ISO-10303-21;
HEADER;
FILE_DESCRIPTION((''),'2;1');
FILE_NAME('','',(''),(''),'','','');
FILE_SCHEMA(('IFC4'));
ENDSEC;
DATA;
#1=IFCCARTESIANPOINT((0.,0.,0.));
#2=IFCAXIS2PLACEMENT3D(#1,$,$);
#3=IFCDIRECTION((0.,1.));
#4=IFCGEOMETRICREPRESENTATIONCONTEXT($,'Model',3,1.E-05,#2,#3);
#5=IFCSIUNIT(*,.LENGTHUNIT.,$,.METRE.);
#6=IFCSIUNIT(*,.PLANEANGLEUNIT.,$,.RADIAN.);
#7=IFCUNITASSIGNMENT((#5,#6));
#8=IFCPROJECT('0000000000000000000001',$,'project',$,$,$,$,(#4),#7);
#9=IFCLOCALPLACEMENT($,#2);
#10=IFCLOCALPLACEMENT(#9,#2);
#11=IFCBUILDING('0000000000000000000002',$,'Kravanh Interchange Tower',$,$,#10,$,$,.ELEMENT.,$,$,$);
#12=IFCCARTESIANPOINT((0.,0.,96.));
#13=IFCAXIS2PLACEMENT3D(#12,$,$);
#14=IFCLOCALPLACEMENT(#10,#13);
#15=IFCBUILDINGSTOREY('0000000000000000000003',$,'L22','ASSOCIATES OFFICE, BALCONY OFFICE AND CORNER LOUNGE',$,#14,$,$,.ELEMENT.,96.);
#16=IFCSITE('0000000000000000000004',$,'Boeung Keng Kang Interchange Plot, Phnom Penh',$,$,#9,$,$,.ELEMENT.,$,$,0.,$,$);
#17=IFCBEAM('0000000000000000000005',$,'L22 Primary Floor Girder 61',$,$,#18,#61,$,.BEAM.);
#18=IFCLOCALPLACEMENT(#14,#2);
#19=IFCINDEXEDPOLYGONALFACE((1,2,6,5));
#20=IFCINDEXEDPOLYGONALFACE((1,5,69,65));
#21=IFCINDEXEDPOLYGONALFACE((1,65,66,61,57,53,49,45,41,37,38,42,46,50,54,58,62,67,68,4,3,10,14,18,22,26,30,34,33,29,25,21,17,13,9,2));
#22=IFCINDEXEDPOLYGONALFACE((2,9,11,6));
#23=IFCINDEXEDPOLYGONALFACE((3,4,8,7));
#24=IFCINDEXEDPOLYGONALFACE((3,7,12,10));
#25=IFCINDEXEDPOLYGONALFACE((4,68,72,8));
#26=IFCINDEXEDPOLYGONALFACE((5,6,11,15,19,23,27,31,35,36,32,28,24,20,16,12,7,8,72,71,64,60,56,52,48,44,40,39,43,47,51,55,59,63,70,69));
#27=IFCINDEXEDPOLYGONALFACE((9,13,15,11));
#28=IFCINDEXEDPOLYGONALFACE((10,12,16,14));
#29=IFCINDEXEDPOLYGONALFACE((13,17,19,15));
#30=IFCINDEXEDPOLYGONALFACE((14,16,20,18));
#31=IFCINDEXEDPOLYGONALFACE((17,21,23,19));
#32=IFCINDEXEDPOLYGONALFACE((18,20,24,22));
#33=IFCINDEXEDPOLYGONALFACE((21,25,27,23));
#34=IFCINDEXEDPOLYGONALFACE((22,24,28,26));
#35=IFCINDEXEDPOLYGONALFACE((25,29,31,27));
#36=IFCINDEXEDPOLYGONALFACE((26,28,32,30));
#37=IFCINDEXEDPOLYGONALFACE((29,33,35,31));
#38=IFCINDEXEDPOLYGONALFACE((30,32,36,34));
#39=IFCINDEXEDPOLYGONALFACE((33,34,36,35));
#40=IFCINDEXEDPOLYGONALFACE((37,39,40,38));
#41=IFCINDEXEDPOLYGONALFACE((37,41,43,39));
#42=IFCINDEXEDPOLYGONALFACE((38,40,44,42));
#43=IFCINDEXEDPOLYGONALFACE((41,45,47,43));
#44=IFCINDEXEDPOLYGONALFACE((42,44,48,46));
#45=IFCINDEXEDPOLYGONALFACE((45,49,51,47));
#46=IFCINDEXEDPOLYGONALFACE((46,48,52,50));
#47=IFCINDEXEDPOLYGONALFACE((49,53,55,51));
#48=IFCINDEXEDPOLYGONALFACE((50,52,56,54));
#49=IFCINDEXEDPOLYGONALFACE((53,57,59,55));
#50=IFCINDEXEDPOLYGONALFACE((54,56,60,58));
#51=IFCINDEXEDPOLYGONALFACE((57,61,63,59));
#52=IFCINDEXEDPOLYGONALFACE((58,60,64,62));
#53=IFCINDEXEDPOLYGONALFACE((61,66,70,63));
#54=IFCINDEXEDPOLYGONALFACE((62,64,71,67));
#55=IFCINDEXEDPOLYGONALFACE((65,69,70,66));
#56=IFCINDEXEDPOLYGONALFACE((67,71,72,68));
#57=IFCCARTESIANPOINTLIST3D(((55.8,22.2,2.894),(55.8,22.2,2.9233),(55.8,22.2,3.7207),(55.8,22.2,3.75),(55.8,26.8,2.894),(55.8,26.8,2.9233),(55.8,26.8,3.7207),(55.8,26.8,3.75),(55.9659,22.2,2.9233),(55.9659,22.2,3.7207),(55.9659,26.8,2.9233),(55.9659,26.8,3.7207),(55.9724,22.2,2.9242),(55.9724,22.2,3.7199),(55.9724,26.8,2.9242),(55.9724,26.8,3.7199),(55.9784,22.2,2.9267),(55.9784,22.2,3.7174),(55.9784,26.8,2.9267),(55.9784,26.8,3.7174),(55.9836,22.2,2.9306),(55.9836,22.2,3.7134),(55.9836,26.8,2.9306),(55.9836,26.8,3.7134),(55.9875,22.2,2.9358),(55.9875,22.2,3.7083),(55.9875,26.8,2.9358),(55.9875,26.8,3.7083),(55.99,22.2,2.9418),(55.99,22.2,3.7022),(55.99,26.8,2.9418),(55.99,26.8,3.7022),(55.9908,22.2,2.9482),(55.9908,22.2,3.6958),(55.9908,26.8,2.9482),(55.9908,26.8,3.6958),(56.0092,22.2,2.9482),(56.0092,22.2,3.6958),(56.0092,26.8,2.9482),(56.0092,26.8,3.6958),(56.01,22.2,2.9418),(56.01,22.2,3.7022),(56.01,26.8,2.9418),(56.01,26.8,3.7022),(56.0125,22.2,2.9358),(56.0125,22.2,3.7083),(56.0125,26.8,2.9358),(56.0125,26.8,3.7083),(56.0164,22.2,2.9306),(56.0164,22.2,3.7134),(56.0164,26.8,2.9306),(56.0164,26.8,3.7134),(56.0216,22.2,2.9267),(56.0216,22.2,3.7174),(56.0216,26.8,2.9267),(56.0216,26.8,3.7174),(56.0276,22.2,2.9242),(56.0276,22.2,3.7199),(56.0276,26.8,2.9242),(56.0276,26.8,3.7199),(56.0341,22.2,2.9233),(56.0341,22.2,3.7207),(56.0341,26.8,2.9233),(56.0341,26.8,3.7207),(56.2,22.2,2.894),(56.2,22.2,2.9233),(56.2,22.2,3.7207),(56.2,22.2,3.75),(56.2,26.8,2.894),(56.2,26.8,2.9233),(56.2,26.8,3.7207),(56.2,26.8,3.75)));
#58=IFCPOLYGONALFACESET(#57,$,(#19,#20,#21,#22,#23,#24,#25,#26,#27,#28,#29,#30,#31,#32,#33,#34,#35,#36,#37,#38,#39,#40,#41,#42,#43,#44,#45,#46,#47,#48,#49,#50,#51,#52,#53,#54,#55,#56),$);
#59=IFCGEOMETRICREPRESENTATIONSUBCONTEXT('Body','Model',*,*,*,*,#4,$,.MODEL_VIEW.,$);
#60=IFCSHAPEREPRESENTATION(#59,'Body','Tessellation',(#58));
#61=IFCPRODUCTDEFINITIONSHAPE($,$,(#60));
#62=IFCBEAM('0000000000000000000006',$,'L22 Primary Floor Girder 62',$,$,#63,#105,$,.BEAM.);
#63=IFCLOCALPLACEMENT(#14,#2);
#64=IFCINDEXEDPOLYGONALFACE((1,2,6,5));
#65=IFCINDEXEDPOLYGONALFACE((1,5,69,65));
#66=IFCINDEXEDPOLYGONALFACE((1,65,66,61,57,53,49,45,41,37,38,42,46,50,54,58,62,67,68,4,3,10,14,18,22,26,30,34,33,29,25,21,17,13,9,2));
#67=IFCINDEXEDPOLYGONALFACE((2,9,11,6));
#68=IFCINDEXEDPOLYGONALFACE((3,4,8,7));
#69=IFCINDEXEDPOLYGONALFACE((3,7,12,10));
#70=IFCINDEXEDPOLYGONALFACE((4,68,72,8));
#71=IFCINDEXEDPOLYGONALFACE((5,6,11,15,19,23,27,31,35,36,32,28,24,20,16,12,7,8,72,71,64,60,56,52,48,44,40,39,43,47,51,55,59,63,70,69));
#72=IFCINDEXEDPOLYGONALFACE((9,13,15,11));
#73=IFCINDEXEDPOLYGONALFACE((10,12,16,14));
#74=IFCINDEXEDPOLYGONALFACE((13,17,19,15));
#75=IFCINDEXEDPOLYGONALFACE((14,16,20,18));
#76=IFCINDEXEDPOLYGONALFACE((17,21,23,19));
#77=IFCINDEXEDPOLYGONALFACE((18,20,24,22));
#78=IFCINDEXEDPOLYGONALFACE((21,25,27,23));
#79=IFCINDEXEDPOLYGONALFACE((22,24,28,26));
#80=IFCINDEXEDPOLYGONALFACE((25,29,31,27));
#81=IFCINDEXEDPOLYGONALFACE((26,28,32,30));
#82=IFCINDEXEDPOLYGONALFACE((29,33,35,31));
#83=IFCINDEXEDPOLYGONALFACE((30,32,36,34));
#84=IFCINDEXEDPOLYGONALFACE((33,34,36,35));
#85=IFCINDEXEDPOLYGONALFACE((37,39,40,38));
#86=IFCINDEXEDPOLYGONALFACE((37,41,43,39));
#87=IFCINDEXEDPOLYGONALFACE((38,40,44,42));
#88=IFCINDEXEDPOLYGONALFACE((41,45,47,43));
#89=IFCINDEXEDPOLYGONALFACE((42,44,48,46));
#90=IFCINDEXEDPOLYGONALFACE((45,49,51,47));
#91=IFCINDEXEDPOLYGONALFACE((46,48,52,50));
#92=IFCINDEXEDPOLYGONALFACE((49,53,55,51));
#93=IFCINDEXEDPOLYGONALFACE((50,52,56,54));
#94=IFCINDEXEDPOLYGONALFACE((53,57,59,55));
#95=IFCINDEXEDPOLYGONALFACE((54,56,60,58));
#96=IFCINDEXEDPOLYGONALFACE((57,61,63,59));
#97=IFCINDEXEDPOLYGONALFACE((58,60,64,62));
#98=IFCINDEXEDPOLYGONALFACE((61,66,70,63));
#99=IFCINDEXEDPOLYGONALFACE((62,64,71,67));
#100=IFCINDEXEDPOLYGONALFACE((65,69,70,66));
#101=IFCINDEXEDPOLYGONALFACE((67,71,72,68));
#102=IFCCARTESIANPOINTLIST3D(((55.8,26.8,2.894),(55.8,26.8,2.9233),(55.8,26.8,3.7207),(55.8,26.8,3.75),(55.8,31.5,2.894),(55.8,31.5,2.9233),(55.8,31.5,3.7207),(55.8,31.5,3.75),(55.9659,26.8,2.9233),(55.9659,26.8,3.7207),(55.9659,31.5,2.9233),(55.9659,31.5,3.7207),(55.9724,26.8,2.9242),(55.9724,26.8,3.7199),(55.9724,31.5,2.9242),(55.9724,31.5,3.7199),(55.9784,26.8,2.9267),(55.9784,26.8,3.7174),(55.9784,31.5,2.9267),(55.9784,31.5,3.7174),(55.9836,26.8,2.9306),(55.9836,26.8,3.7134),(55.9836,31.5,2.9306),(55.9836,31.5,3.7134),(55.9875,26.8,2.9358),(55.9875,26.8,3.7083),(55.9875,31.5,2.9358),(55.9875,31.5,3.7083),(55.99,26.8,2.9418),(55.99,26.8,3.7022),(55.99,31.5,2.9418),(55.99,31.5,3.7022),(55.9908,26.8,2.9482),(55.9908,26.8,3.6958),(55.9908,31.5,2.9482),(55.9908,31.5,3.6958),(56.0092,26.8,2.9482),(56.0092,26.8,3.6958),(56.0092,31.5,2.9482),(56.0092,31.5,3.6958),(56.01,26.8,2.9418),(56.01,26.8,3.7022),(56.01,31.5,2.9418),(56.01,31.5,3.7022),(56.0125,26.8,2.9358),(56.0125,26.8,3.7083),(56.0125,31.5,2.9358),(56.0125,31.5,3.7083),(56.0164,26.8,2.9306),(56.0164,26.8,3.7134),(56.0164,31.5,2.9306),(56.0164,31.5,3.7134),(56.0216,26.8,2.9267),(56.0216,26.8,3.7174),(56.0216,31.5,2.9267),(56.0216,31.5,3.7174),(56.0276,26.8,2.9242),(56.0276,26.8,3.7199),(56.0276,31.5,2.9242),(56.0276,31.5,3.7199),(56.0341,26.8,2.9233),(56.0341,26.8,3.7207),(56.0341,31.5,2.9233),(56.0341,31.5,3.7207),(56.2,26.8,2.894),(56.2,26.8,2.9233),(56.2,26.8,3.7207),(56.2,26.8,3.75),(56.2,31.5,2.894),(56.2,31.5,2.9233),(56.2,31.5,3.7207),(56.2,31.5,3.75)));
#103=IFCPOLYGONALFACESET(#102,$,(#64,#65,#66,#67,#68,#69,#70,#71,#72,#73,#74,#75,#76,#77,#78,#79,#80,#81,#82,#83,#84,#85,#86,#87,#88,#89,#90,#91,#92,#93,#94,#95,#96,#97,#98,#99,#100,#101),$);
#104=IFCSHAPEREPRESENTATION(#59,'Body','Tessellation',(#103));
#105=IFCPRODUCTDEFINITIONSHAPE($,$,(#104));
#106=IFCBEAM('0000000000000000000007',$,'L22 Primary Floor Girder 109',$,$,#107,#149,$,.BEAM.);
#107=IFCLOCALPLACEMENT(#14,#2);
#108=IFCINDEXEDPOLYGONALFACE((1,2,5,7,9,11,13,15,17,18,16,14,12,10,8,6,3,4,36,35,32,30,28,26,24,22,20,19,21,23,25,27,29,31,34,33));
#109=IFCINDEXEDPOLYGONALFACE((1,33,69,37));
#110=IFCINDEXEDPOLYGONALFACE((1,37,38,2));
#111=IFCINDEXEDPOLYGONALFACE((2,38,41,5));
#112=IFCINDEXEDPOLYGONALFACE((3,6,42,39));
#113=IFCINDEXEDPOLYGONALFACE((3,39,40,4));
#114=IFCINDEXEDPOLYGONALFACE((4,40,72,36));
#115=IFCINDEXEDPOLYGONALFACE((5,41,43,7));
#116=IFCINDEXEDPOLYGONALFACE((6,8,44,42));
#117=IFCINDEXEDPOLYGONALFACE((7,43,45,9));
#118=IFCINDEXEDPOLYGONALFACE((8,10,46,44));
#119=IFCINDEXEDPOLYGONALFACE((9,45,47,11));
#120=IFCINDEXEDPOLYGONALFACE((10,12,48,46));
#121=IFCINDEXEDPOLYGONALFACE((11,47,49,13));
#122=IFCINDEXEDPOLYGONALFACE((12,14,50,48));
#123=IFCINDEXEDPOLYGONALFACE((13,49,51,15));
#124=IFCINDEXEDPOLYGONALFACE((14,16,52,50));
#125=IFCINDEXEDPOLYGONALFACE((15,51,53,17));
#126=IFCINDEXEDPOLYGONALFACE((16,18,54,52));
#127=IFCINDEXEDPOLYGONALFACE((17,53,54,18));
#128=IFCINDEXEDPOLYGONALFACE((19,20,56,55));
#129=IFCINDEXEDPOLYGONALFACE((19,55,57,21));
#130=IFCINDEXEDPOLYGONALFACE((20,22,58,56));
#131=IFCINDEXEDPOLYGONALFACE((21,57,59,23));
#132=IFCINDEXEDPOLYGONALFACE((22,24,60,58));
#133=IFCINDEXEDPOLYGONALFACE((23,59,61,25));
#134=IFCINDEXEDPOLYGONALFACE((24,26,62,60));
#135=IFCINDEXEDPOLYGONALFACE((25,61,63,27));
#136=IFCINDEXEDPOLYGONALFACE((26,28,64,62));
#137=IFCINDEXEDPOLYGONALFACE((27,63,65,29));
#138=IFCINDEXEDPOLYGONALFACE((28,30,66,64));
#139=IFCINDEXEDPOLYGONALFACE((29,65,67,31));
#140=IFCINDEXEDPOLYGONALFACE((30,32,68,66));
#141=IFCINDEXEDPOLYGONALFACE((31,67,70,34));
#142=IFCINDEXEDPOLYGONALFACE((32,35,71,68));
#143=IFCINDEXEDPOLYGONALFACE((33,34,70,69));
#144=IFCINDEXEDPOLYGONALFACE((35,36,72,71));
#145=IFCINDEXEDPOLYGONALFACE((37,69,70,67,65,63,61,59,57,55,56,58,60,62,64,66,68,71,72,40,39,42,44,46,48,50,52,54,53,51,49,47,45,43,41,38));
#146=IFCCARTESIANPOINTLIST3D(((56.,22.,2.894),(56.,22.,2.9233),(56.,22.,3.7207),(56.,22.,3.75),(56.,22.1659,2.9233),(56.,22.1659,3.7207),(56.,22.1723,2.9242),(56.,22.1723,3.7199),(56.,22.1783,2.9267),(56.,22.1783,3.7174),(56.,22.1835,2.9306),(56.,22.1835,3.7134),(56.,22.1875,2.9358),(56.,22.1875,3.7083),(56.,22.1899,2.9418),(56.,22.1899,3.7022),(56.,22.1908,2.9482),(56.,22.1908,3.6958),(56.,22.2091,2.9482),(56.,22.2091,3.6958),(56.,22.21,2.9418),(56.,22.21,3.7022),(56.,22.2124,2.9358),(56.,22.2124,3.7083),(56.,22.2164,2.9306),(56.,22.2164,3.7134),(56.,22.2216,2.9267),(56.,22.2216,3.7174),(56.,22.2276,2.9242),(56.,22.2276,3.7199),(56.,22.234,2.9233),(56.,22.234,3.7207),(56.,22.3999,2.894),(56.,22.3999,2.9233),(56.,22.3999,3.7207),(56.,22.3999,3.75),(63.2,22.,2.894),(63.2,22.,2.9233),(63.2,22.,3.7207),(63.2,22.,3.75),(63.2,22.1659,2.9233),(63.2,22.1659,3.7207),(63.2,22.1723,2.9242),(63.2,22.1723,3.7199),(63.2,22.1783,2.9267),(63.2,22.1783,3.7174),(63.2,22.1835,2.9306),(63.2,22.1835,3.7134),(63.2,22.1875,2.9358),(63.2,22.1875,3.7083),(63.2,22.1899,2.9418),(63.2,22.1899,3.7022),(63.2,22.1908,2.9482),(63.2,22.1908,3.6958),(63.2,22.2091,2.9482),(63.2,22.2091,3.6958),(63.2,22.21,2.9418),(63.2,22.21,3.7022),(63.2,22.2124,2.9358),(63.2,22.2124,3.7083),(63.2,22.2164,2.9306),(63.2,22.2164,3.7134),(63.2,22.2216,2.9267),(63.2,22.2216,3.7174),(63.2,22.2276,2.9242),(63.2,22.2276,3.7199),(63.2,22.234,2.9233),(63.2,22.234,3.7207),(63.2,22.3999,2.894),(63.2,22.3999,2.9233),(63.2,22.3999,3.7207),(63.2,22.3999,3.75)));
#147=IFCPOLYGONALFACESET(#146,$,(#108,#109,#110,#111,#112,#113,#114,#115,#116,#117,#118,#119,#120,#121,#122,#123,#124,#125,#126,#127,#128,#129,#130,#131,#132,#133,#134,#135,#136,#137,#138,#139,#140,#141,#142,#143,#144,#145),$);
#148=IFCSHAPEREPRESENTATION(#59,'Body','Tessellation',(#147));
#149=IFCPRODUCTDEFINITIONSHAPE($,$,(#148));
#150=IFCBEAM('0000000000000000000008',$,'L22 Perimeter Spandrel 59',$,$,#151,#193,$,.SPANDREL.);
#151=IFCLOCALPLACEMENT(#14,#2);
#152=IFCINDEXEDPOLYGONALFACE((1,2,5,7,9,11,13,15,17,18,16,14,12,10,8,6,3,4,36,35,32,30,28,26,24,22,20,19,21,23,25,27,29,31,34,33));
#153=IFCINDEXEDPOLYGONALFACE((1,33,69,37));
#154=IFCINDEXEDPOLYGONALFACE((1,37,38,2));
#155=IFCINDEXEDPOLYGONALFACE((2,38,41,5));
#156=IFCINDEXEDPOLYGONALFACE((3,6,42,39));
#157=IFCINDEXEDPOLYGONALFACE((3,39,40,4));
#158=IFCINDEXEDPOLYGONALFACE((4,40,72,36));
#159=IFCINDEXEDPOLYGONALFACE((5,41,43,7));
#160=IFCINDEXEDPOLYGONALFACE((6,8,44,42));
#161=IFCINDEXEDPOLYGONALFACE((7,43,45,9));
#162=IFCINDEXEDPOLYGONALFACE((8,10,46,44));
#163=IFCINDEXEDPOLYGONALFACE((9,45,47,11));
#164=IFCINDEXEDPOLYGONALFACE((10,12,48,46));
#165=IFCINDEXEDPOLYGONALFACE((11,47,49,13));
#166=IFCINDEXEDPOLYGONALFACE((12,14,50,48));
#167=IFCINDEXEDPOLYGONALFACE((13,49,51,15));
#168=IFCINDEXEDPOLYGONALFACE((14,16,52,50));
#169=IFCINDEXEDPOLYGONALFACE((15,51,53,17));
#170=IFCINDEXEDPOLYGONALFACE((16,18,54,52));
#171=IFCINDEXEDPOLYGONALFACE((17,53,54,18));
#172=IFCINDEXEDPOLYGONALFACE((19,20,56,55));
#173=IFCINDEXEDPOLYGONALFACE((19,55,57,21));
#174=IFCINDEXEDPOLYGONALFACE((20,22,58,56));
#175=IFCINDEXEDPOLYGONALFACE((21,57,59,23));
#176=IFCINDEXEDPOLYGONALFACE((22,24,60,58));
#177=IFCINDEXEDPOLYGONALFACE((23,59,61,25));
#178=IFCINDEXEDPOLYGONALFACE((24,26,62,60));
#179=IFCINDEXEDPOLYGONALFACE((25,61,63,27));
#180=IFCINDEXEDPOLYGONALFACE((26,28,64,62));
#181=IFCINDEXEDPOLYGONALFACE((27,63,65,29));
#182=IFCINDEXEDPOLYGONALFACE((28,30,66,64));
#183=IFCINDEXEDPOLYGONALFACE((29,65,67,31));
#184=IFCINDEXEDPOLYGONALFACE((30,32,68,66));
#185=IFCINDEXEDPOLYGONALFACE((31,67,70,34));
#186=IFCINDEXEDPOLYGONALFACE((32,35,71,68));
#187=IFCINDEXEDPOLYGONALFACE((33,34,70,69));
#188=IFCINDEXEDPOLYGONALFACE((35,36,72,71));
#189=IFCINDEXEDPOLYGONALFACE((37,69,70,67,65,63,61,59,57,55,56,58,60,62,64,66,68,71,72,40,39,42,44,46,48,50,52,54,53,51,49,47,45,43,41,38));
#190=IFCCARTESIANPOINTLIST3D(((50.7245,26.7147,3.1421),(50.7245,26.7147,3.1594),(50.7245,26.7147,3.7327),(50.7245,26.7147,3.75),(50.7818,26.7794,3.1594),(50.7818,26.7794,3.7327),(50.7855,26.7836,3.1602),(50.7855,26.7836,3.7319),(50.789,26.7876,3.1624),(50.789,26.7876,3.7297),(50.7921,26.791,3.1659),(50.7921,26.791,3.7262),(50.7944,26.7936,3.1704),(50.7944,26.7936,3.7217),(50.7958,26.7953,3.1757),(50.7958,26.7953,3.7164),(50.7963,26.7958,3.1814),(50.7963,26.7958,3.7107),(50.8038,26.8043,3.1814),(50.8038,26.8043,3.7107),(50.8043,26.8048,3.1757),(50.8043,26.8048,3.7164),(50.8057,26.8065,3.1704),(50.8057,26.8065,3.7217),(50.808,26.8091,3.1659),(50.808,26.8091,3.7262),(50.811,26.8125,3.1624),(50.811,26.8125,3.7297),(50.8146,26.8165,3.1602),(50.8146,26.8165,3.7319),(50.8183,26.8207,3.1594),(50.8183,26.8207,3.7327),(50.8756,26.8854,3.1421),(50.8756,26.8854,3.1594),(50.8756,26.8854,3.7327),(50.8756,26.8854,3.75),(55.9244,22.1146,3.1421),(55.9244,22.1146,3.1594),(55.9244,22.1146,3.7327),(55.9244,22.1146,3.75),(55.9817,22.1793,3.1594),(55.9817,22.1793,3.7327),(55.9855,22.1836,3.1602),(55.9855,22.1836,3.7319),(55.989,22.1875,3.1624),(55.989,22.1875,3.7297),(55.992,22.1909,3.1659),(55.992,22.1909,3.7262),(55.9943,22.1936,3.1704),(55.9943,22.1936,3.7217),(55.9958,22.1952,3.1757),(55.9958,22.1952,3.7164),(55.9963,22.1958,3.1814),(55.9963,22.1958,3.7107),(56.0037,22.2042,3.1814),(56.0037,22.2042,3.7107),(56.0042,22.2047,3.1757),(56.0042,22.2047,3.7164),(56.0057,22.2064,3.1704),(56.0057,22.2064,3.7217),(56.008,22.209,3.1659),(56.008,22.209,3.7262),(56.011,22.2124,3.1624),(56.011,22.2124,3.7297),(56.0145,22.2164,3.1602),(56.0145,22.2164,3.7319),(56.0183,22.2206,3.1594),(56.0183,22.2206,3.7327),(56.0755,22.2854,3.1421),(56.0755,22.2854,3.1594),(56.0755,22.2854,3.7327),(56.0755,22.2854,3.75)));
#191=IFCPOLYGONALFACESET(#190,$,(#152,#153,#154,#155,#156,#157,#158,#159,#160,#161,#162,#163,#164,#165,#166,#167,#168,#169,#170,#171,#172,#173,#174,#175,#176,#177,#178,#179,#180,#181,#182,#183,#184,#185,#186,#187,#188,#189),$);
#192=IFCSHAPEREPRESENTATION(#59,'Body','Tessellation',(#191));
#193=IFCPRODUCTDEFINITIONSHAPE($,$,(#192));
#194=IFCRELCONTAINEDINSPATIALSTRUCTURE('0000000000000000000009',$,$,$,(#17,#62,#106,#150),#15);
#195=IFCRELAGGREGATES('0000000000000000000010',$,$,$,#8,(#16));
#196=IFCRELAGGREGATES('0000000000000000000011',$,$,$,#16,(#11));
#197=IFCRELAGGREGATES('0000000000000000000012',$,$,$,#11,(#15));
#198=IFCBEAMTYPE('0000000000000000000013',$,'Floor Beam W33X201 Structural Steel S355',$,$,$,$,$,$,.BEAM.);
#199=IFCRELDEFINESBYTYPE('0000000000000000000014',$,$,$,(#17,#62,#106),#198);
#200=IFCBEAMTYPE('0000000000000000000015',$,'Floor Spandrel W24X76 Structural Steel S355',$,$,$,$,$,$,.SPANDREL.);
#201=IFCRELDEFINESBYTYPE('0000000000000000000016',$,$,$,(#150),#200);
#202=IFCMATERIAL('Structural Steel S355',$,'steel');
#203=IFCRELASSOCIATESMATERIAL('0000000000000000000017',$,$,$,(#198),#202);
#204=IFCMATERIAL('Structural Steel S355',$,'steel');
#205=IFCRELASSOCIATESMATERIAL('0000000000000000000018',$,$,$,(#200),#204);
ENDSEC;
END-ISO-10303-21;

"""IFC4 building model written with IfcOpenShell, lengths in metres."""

from ifc_helpers import new_model, si_unit, direction, frame, origin, origin_2d, place, context, subcontext, project, spatial, i_section, extrude, material, material_profile, profile_set, type_object, element, save


model = new_model("IFC4")

# Units and contexts
model_context = context("Model", 3, precision=1e-05, world=origin(), true_north=direction((0.0, 1.0)))
body_context = subcontext(model_context, "Body", "Model", "MODEL_VIEW")
ifc_project = project(units=[si_unit("LENGTHUNIT", "METRE"), si_unit("PLANEANGLEUNIT", "RADIAN")], contexts=[model_context])

# Site, building, storey
site_placement = place(None, origin())
site = spatial("IfcSite", under=ifc_project, at=site_placement, Name="Boeung Keng Kang Interchange Plot, Phnom Penh", CompositionType="ELEMENT", RefElevation=0.0)
building_placement = place(site_placement, origin())
building = spatial("IfcBuilding", under=site, at=building_placement, Name="Kravanh Interchange Tower", CompositionType="ELEMENT")
storey_placement = place(building_placement, frame((0.0, 0.0, 96.0)))
storey = spatial("IfcBuildingStorey", under=building, at=storey_placement, Name="L22", Description="ASSOCIATES OFFICE, BALCONY OFFICE AND CORNER LOUNGE", CompositionType="ELEMENT", Elevation=96.0)

# Beams
ifc_material_1 = material(Name="Structural Steel S355", Category="steel")
ifc_material_profile_1 = material_profile(ifc_material_1, i_section(OverallWidth=0.3999, OverallDepth=0.856, WebThickness=0.0183, FlangeThickness=0.0293, FilletRadius=0.0249, at=origin_2d()), Name="W33X201")
ifc_profile_set_1 = profile_set([ifc_material_profile_1], Name="Structural Steel S355")
beam_type_1 = type_object("IfcBeamType", Name="Floor Beam W33X201 Structural Steel S355", PredefinedType="BEAM", material=ifc_profile_set_1)
beam_1_placement = place(storey_placement, frame((56.0, 26.8, 3.322), z_axis=(0.0, -1.0, 0.0), x_axis=(1.0, 0.0, 0.0)))
element("IfcBeam", 1, at=beam_1_placement, inside=storey, type_object=beam_type_1, Name="L22 Primary Floor Girder 61", PredefinedType="BEAM", context=body_context, shape_type="SweptSolid", body=[
    extrude(i_section(OverallWidth=0.3999, OverallDepth=0.856, WebThickness=0.0183, FlangeThickness=0.0293, FilletRadius=0.0249, at=origin_2d()), origin(), (0.0, 0.0, 1.0), 4.6001),
])
beam_2_placement = place(storey_placement, frame((56.0, 26.8, 3.322), z_axis=(0.0, 1.0, 0.0), x_axis=(-1.0, 0.0, 0.0)))
element("IfcBeam", 2, at=beam_2_placement, inside=storey, type_object=beam_type_1, Name="L22 Primary Floor Girder 62", PredefinedType="BEAM", context=body_context, shape_type="SweptSolid", body=[
    extrude(i_section(OverallWidth=0.3999, OverallDepth=0.856, WebThickness=0.0183, FlangeThickness=0.0293, FilletRadius=0.0249, at=origin_2d()), origin(), (0.0, 0.0, 1.0), 4.7),
])
beam_3_placement = place(storey_placement, frame((56.0, 22.2, 3.322), z_axis=(1.0, 0.0, 0.0), x_axis=(0.0, 1.0, 0.0)))
element("IfcBeam", 3, at=beam_3_placement, inside=storey, type_object=beam_type_1, Name="L22 Primary Floor Girder 109", PredefinedType="BEAM", context=body_context, shape_type="SweptSolid", body=[
    extrude(i_section(OverallWidth=0.3999, OverallDepth=0.856, WebThickness=0.0183, FlangeThickness=0.0293, FilletRadius=0.0249, at=origin_2d()), origin(), (0.0, 0.0, 1.0), 7.2),
])
ifc_material_2 = material(Name="Structural Steel S355", Category="steel")
ifc_material_profile_2 = material_profile(ifc_material_2, i_section(OverallWidth=0.228, OverallDepth=0.6079, WebThickness=0.0112, FlangeThickness=0.0173, FilletRadius=0.022, at=origin_2d()), Name="W24X76")
ifc_profile_set_2 = profile_set([ifc_material_profile_2], Name="Structural Steel S355")
beam_type_2 = type_object("IfcBeamType", Name="Floor Spandrel W24X76 Structural Steel S355", PredefinedType="SPANDREL", material=ifc_profile_set_2)
beam_4_placement = place(storey_placement, frame((50.8, 26.8, 3.446), z_axis=(0.748986, -0.662585, 0.0), x_axis=(0.662585, 0.748986, 0.0)))
element("IfcBeam", 4, at=beam_4_placement, inside=storey, type_object=beam_type_2, Name="L22 Perimeter Spandrel 59", PredefinedType="SPANDREL", context=body_context, shape_type="SweptSolid", body=[
    extrude(i_section(OverallWidth=0.228, OverallDepth=0.6079, WebThickness=0.0112, FlangeThickness=0.0173, FilletRadius=0.022, at=origin_2d()), origin(), (0.0, 0.0, 1.0), 6.9426),
])

save(model, "model.ifc")
